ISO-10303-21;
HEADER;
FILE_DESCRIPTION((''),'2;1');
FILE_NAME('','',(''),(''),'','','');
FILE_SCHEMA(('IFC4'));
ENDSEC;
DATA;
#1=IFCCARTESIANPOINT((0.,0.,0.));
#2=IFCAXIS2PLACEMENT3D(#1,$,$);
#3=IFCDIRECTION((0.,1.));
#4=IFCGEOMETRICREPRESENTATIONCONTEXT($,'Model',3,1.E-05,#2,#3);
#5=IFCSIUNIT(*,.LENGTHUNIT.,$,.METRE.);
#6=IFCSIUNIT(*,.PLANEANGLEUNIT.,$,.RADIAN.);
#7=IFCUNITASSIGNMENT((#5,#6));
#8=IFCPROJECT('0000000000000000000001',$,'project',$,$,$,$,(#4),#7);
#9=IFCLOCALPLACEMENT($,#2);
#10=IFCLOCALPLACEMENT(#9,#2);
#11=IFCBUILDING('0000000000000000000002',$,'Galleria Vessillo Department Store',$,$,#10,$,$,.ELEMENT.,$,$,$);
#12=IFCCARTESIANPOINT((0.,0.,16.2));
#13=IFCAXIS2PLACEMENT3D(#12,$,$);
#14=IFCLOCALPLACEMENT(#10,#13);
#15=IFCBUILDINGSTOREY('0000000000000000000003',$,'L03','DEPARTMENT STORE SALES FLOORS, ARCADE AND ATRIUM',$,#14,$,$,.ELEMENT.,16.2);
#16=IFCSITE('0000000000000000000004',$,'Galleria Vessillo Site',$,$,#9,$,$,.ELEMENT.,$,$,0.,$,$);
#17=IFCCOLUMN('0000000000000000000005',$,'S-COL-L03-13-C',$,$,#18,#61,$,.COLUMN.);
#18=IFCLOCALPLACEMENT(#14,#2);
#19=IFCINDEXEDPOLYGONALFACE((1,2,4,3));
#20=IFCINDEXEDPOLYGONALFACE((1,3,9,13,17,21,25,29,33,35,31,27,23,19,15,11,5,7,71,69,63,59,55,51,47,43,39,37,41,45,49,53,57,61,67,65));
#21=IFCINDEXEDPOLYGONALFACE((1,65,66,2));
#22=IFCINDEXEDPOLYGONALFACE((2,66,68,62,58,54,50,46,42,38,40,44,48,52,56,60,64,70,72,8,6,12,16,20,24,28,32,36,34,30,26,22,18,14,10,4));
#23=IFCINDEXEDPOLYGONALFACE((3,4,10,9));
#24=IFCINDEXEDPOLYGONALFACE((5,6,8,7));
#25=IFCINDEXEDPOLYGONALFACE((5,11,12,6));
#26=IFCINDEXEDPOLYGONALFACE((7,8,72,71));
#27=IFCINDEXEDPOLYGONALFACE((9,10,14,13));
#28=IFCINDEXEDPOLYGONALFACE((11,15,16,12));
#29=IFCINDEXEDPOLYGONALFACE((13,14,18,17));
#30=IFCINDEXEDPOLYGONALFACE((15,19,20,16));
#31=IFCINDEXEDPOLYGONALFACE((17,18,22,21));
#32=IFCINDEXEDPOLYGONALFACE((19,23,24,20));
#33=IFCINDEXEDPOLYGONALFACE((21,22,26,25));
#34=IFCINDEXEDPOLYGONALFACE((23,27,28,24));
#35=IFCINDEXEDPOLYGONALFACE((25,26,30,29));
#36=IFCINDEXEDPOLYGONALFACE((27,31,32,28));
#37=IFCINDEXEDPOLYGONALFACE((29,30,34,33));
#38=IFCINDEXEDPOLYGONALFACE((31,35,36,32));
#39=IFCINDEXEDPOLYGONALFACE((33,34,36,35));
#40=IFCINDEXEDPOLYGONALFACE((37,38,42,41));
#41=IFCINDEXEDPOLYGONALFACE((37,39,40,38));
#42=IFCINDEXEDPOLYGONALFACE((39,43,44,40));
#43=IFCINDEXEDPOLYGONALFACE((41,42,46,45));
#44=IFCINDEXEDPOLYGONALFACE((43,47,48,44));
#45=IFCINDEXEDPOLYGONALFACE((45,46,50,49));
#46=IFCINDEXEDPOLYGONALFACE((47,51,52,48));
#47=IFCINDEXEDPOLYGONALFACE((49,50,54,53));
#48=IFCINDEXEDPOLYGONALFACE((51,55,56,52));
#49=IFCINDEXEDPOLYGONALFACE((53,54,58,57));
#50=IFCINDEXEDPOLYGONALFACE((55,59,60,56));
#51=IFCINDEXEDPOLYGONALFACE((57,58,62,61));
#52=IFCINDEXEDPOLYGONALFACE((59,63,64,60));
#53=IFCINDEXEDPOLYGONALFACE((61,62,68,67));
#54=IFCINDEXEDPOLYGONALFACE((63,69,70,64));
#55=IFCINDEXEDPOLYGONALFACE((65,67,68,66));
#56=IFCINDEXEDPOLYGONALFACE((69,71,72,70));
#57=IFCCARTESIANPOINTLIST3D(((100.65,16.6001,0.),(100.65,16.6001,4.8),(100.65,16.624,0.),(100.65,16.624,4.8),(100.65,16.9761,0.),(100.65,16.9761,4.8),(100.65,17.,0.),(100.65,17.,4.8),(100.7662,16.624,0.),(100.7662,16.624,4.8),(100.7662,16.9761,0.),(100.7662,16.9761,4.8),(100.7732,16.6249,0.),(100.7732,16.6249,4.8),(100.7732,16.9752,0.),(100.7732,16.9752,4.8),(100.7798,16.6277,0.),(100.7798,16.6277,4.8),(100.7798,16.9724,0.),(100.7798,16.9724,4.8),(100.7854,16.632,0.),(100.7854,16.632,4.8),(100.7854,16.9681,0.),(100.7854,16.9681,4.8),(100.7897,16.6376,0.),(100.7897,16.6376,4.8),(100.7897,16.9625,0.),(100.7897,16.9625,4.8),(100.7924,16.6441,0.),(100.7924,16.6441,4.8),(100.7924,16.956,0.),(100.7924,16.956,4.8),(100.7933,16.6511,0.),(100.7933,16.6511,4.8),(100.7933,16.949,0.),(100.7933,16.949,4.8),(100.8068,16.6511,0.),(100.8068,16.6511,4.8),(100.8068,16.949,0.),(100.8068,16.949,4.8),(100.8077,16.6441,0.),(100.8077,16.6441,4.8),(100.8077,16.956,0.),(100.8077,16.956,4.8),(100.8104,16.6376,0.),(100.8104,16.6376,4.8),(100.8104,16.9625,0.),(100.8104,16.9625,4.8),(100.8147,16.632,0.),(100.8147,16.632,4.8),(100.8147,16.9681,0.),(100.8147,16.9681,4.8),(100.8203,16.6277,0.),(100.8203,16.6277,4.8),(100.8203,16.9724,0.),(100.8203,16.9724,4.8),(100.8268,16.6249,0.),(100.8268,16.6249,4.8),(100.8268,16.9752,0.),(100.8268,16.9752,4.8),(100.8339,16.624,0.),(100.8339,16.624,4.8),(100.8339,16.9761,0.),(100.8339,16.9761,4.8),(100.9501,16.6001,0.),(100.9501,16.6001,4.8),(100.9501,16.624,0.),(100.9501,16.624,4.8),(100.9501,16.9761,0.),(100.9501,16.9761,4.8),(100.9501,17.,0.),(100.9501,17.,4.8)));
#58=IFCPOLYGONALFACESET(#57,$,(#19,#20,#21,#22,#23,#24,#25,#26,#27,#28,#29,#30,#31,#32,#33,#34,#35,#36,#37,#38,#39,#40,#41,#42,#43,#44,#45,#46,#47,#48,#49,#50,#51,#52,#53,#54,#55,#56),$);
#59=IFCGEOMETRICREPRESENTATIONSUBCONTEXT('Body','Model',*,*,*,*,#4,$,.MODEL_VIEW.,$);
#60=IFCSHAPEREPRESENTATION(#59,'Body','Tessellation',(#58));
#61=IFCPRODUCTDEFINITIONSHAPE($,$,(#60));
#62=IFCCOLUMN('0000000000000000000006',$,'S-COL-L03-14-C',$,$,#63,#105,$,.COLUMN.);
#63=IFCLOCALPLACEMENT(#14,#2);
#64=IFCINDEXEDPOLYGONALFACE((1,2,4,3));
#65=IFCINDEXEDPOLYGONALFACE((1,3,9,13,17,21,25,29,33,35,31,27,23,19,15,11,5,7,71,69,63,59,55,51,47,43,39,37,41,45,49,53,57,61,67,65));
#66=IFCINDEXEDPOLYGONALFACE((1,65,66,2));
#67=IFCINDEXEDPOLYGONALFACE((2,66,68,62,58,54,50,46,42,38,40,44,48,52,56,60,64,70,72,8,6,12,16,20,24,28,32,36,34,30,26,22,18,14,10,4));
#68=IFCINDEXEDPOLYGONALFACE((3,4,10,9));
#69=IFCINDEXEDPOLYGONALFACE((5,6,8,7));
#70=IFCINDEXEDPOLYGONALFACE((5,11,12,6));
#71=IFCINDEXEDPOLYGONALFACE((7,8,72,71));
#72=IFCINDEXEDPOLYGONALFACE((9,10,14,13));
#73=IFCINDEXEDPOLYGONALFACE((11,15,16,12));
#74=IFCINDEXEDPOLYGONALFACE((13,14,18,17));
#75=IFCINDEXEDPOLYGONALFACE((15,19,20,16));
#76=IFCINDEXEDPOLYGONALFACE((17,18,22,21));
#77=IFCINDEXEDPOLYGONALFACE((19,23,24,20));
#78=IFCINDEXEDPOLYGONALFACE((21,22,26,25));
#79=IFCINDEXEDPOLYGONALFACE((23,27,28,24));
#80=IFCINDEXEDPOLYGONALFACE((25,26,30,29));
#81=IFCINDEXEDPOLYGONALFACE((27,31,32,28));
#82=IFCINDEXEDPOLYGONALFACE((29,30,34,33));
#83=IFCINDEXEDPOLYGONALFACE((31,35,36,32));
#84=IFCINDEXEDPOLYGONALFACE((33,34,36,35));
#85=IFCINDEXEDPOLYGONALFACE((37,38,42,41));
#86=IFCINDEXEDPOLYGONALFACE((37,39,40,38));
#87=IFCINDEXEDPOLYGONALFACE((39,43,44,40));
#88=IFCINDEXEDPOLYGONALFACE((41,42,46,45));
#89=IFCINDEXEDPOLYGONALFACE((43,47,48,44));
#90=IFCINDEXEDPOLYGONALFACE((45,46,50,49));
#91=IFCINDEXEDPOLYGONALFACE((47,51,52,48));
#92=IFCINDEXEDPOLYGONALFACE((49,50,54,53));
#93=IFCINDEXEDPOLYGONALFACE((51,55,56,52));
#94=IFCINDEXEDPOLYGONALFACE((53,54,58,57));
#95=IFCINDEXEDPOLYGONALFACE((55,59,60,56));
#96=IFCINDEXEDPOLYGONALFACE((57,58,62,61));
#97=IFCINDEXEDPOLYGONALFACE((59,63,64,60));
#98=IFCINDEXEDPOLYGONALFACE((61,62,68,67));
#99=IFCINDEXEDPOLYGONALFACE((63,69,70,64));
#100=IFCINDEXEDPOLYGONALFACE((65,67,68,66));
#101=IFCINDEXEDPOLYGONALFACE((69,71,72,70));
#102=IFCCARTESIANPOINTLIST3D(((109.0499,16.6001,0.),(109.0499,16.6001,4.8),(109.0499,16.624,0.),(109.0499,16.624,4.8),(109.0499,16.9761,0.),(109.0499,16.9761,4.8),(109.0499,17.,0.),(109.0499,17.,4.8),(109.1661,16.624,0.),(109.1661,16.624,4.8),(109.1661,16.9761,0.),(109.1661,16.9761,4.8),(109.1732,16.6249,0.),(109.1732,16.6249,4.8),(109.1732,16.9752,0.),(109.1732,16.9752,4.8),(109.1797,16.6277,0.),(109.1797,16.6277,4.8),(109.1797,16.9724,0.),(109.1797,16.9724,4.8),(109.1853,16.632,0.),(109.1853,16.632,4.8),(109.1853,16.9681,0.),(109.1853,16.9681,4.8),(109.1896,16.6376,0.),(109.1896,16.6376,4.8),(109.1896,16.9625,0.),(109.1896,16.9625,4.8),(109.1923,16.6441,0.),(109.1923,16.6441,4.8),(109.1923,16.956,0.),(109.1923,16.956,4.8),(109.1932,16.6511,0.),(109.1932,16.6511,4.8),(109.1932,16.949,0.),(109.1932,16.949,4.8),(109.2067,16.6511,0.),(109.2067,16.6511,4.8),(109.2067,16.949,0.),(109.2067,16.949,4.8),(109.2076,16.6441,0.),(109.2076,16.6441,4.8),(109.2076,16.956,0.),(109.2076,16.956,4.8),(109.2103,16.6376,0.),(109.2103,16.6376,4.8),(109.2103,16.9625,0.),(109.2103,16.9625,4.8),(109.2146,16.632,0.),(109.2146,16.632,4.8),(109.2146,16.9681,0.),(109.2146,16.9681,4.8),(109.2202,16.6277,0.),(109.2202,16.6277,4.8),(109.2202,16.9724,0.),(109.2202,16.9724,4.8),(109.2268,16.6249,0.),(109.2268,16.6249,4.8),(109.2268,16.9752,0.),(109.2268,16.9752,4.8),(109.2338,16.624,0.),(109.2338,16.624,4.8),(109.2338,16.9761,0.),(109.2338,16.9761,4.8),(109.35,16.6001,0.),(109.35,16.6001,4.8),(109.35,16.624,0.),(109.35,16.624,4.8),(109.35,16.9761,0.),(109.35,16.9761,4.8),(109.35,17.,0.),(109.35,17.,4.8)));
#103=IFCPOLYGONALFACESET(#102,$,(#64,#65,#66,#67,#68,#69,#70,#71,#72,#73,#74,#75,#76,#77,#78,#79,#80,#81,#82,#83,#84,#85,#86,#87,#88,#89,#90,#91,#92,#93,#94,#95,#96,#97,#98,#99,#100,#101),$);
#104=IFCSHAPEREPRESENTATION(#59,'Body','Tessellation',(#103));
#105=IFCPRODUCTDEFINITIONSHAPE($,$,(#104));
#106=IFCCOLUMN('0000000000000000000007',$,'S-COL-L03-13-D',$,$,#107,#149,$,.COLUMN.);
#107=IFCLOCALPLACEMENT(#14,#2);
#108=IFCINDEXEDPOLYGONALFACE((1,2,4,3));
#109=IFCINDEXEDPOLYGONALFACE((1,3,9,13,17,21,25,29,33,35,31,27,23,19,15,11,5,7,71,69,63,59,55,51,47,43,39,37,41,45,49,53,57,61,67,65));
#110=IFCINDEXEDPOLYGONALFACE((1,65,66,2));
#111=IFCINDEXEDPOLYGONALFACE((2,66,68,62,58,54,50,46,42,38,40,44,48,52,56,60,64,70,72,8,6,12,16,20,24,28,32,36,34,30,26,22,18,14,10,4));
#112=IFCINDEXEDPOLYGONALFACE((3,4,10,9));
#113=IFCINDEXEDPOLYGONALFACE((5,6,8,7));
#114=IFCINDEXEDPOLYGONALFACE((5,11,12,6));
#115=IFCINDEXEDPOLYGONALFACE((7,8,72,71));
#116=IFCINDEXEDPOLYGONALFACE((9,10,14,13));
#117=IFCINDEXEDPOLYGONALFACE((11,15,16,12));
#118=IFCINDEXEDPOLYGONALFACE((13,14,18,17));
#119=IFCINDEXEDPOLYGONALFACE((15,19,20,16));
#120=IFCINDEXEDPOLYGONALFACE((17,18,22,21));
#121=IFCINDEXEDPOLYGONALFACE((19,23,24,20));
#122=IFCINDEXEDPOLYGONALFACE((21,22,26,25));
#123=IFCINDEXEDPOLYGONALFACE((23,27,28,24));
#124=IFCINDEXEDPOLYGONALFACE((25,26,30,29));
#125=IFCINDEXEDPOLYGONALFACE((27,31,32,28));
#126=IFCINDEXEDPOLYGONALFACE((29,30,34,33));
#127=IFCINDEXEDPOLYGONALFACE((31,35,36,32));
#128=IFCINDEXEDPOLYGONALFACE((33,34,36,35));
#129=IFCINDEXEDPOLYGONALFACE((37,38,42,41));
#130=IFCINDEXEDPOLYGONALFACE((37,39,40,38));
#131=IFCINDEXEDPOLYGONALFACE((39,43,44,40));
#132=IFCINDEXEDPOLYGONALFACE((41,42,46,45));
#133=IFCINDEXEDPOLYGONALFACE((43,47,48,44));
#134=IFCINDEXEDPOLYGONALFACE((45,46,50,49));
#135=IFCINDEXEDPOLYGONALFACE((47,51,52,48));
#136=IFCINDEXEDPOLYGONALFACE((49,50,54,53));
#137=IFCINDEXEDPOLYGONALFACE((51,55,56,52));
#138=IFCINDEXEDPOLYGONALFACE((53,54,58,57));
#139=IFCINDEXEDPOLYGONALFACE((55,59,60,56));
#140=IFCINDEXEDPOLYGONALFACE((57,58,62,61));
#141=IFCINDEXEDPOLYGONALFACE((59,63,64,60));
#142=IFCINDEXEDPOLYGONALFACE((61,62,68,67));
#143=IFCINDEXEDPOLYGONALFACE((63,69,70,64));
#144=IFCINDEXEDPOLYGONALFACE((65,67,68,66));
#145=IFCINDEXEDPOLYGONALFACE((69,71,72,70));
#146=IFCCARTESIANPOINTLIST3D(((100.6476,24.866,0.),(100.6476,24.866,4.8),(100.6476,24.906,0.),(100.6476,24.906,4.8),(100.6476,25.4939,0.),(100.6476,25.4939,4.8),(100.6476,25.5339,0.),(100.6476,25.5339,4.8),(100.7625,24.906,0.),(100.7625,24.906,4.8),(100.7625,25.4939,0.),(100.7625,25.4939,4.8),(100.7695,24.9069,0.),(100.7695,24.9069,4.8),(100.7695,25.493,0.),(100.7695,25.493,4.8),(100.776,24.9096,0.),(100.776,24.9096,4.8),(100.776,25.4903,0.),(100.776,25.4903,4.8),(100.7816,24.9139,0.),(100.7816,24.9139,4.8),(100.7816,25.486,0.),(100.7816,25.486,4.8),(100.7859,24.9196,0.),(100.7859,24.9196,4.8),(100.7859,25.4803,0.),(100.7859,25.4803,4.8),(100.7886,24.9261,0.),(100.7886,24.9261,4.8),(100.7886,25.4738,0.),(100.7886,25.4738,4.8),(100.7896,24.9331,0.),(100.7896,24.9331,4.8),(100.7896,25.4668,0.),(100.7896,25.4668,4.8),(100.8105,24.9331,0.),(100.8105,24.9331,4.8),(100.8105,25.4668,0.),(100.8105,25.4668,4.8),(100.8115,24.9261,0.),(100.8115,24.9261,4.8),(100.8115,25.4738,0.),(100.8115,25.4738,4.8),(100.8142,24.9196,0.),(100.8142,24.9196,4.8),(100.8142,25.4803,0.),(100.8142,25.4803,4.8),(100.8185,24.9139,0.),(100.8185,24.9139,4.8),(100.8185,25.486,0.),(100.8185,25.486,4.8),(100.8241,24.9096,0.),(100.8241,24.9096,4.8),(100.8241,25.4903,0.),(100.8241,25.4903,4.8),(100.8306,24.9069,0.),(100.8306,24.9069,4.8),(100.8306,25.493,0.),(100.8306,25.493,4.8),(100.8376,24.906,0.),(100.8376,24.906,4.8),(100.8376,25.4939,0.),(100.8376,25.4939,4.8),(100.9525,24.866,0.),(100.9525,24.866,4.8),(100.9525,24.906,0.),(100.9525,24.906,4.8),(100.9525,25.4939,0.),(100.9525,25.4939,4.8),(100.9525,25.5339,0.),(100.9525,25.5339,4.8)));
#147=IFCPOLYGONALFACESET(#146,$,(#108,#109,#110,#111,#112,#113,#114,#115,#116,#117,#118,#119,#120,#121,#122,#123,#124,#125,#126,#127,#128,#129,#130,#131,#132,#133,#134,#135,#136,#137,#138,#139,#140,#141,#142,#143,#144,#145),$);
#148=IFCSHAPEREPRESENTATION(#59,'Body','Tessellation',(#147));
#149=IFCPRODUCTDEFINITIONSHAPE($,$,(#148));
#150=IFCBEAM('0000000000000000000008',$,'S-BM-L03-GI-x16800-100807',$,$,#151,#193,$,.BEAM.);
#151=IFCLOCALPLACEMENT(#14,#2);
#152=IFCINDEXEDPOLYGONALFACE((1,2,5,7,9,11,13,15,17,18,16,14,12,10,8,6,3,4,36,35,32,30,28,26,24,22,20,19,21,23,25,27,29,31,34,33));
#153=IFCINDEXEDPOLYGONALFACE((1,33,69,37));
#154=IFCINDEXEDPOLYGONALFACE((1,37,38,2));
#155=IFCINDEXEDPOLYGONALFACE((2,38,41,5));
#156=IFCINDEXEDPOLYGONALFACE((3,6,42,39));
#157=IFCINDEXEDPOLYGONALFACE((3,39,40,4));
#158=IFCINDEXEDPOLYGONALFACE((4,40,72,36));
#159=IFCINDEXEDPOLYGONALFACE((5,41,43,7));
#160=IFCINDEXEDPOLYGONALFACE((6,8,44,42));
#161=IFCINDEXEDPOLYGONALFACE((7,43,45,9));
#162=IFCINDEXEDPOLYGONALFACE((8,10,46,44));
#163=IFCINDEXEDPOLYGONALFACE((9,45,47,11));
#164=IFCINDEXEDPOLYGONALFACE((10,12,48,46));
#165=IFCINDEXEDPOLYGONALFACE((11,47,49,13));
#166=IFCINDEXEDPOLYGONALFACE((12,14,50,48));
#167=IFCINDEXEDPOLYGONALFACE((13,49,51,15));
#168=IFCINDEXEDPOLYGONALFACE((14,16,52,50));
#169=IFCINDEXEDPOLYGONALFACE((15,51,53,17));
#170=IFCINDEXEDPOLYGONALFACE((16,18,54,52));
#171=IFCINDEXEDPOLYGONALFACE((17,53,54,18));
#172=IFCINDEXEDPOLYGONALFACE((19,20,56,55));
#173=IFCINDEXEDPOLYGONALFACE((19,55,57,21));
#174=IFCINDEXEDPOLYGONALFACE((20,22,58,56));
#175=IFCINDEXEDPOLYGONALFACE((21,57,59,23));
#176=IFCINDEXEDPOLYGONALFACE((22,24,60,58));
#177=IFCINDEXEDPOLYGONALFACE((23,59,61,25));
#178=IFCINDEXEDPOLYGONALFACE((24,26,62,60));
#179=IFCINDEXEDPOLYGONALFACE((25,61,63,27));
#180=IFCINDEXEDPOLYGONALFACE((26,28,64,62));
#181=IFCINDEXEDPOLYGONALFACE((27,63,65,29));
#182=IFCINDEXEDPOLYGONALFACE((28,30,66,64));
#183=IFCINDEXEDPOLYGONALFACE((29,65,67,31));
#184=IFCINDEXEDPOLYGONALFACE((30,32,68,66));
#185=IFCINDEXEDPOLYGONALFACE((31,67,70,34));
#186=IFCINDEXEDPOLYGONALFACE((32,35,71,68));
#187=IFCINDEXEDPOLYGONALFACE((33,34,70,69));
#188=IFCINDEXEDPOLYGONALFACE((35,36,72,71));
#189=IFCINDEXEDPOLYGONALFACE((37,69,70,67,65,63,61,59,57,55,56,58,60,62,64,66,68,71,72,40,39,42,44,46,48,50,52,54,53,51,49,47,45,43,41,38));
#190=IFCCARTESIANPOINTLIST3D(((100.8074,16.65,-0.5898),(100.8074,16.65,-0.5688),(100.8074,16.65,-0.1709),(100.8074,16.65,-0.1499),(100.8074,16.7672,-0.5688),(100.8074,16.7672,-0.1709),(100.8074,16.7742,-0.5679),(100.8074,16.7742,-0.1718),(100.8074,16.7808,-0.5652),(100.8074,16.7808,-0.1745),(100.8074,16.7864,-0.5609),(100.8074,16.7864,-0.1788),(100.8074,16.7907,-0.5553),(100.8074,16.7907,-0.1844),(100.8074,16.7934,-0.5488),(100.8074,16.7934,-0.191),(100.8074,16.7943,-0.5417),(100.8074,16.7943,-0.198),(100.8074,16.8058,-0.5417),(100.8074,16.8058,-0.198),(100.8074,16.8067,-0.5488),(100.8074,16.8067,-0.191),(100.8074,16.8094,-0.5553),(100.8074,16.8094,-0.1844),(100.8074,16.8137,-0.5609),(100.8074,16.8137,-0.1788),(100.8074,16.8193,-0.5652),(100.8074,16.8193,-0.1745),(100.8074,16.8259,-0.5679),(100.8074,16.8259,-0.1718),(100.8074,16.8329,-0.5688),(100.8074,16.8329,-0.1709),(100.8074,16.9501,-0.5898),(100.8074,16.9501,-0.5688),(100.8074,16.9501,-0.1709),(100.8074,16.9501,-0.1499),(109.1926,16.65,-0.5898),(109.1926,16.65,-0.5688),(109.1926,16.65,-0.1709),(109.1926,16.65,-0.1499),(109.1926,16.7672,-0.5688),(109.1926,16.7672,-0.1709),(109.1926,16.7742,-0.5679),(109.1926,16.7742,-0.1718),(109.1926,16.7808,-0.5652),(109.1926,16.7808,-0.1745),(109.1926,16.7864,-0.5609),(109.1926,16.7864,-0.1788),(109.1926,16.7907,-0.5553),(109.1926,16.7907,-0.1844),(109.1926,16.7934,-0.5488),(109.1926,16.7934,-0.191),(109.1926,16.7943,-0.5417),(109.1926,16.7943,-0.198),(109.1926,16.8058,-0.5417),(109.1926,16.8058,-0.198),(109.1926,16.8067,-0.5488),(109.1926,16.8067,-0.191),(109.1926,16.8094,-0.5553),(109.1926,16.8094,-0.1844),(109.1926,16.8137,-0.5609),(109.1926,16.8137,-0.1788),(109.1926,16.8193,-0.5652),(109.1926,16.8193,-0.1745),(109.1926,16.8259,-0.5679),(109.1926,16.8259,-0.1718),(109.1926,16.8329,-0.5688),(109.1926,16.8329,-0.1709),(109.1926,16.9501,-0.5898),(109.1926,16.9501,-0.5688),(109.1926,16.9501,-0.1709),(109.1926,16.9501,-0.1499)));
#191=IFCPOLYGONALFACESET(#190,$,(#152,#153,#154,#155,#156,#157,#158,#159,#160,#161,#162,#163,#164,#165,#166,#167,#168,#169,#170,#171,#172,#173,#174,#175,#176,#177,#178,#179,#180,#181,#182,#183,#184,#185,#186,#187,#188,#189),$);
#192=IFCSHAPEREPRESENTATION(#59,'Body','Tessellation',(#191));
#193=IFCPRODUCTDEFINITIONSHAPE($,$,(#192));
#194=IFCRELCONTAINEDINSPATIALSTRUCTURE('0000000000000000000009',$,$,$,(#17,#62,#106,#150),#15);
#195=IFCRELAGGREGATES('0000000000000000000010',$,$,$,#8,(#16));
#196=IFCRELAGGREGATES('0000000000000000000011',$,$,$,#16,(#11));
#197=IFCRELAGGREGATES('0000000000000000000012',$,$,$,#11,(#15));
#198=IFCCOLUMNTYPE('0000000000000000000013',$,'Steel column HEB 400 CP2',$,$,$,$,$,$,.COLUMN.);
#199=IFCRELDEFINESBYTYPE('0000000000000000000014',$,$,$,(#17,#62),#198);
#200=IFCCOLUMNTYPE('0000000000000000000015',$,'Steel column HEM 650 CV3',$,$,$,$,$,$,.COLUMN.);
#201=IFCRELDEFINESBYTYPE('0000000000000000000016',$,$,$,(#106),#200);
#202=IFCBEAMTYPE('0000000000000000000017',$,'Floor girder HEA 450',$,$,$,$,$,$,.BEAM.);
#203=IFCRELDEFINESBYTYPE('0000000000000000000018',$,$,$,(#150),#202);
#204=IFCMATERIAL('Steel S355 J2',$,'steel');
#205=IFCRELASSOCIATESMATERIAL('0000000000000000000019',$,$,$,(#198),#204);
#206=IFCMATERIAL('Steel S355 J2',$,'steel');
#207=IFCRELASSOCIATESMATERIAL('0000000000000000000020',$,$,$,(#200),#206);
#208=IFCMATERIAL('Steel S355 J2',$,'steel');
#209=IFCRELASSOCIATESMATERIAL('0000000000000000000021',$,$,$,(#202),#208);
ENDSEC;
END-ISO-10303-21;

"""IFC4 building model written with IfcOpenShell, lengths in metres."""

from ifc_helpers import new_model, si_unit, direction, frame, origin, origin_2d, place, context, subcontext, project, spatial, i_section, extrude, material, material_profile, profile_set, type_object, element, save


model = new_model("IFC4")

# Units and contexts
model_context = context("Model", 3, precision=1e-05, world=origin(), true_north=direction((0.0, 1.0)))
body_context = subcontext(model_context, "Body", "Model", "MODEL_VIEW")
ifc_project = project(units=[si_unit("LENGTHUNIT", "METRE"), si_unit("PLANEANGLEUNIT", "RADIAN")], contexts=[model_context])

# Site, building, storey
site_placement = place(None, origin())
site = spatial("IfcSite", under=ifc_project, at=site_placement, Name="Galleria Vessillo Site", CompositionType="ELEMENT", RefElevation=0.0)
building_placement = place(site_placement, origin())
building = spatial("IfcBuilding", under=site, at=building_placement, Name="Galleria Vessillo Department Store", CompositionType="ELEMENT")
storey_placement = place(building_placement, frame((0.0, 0.0, 16.2)))
storey = spatial("IfcBuildingStorey", under=building, at=storey_placement, Name="L03", Description="DEPARTMENT STORE SALES FLOORS, ARCADE AND ATRIUM", CompositionType="ELEMENT", Elevation=16.2)

# Columns
ifc_material_1 = material(Name="Steel S355 J2", Category="steel")
ifc_material_profile_1 = material_profile(ifc_material_1, i_section(OverallWidth=0.3, OverallDepth=0.3999, WebThickness=0.0134, FlangeThickness=0.0239, FilletRadius=0.0271, at=origin_2d()), Name="HEB 400")
ifc_profile_set_1 = profile_set([ifc_material_profile_1], Name="Steel S355 J2")
column_type_1 = type_object("IfcColumnType", Name="Steel column HEB 400 CP2", PredefinedType="COLUMN", material=ifc_profile_set_1)
for number, where, z_axis, x_axis, name in (
    (1, (100.8, 16.8, 0.0), (0.0, 0.0, 1.0), (1.0, 0.0, 0.0), "S-COL-L03-13-C"),
    (2, (109.2, 16.8, 0.0), (0.0, 0.0, 1.0), (1.0, 0.0, 0.0), "S-COL-L03-14-C"),
):
    element("IfcColumn", number, at=place(storey_placement, frame(where, z_axis=z_axis, x_axis=x_axis)), inside=storey, type_object=column_type_1, Name=name, PredefinedType="COLUMN", context=body_context, shape_type="SweptSolid", body=[
        extrude(i_section(OverallWidth=0.3, OverallDepth=0.3999, WebThickness=0.0134, FlangeThickness=0.0239, FilletRadius=0.0271, at=origin_2d()), origin(), (0.0, 0.0, 1.0), 4.8),
    ])
ifc_material_2 = material(Name="Steel S355 J2", Category="steel")
ifc_material_profile_2 = material_profile(ifc_material_2, i_section(OverallWidth=0.3049, OverallDepth=0.668, WebThickness=0.021, FlangeThickness=0.04, FilletRadius=0.0271, at=origin_2d()), Name="HEM 650")
ifc_profile_set_2 = profile_set([ifc_material_profile_2], Name="Steel S355 J2")
column_type_2 = type_object("IfcColumnType", Name="Steel column HEM 650 CV3", PredefinedType="COLUMN", material=ifc_profile_set_2)
column_placement = place(storey_placement, frame((100.8, 25.2, 0.0), z_axis=(0.0, 0.0, 1.0), x_axis=(1.0, 0.0, 0.0)))
element("IfcColumn", 3, at=column_placement, inside=storey, type_object=column_type_2, Name="S-COL-L03-13-D", PredefinedType="COLUMN", context=body_context, shape_type="SweptSolid", body=[
    extrude(i_section(OverallWidth=0.3049, OverallDepth=0.668, WebThickness=0.021, FlangeThickness=0.04, FilletRadius=0.0271, at=origin_2d()), origin(), (0.0, 0.0, 1.0), 4.8),
])

# Beam
ifc_material_3 = material(Name="Steel S355 J2", Category="steel")
ifc_material_profile_3 = material_profile(ifc_material_3, i_section(OverallWidth=0.3, OverallDepth=0.4399, WebThickness=0.0115, FlangeThickness=0.021, FilletRadius=0.0271, at=origin_2d()), Name="HEA 450")
ifc_profile_set_3 = profile_set([ifc_material_profile_3], Name="Steel S355 J2")
beam_type_1 = type_object("IfcBeamType", Name="Floor girder HEA 450", PredefinedType="BEAM", material=ifc_profile_set_3)
beam_1_placement = place(storey_placement, frame((100.8074, 16.8, -0.3699), z_axis=(1.0, 0.0, 0.0), x_axis=(0.0, 1.0, 0.0)))
element("IfcBeam", 4, at=beam_1_placement, inside=storey, type_object=beam_type_1, Name="S-BM-L03-GI-x16800-100807", PredefinedType="BEAM", context=body_context, shape_type="SweptSolid", body=[
    extrude(i_section(OverallWidth=0.3, OverallDepth=0.4399, WebThickness=0.0115, FlangeThickness=0.021, FilletRadius=0.0271, at=origin_2d()), origin(), (0.0, 0.0, 1.0), 8.3853),
])

save(model, "model.ifc")
